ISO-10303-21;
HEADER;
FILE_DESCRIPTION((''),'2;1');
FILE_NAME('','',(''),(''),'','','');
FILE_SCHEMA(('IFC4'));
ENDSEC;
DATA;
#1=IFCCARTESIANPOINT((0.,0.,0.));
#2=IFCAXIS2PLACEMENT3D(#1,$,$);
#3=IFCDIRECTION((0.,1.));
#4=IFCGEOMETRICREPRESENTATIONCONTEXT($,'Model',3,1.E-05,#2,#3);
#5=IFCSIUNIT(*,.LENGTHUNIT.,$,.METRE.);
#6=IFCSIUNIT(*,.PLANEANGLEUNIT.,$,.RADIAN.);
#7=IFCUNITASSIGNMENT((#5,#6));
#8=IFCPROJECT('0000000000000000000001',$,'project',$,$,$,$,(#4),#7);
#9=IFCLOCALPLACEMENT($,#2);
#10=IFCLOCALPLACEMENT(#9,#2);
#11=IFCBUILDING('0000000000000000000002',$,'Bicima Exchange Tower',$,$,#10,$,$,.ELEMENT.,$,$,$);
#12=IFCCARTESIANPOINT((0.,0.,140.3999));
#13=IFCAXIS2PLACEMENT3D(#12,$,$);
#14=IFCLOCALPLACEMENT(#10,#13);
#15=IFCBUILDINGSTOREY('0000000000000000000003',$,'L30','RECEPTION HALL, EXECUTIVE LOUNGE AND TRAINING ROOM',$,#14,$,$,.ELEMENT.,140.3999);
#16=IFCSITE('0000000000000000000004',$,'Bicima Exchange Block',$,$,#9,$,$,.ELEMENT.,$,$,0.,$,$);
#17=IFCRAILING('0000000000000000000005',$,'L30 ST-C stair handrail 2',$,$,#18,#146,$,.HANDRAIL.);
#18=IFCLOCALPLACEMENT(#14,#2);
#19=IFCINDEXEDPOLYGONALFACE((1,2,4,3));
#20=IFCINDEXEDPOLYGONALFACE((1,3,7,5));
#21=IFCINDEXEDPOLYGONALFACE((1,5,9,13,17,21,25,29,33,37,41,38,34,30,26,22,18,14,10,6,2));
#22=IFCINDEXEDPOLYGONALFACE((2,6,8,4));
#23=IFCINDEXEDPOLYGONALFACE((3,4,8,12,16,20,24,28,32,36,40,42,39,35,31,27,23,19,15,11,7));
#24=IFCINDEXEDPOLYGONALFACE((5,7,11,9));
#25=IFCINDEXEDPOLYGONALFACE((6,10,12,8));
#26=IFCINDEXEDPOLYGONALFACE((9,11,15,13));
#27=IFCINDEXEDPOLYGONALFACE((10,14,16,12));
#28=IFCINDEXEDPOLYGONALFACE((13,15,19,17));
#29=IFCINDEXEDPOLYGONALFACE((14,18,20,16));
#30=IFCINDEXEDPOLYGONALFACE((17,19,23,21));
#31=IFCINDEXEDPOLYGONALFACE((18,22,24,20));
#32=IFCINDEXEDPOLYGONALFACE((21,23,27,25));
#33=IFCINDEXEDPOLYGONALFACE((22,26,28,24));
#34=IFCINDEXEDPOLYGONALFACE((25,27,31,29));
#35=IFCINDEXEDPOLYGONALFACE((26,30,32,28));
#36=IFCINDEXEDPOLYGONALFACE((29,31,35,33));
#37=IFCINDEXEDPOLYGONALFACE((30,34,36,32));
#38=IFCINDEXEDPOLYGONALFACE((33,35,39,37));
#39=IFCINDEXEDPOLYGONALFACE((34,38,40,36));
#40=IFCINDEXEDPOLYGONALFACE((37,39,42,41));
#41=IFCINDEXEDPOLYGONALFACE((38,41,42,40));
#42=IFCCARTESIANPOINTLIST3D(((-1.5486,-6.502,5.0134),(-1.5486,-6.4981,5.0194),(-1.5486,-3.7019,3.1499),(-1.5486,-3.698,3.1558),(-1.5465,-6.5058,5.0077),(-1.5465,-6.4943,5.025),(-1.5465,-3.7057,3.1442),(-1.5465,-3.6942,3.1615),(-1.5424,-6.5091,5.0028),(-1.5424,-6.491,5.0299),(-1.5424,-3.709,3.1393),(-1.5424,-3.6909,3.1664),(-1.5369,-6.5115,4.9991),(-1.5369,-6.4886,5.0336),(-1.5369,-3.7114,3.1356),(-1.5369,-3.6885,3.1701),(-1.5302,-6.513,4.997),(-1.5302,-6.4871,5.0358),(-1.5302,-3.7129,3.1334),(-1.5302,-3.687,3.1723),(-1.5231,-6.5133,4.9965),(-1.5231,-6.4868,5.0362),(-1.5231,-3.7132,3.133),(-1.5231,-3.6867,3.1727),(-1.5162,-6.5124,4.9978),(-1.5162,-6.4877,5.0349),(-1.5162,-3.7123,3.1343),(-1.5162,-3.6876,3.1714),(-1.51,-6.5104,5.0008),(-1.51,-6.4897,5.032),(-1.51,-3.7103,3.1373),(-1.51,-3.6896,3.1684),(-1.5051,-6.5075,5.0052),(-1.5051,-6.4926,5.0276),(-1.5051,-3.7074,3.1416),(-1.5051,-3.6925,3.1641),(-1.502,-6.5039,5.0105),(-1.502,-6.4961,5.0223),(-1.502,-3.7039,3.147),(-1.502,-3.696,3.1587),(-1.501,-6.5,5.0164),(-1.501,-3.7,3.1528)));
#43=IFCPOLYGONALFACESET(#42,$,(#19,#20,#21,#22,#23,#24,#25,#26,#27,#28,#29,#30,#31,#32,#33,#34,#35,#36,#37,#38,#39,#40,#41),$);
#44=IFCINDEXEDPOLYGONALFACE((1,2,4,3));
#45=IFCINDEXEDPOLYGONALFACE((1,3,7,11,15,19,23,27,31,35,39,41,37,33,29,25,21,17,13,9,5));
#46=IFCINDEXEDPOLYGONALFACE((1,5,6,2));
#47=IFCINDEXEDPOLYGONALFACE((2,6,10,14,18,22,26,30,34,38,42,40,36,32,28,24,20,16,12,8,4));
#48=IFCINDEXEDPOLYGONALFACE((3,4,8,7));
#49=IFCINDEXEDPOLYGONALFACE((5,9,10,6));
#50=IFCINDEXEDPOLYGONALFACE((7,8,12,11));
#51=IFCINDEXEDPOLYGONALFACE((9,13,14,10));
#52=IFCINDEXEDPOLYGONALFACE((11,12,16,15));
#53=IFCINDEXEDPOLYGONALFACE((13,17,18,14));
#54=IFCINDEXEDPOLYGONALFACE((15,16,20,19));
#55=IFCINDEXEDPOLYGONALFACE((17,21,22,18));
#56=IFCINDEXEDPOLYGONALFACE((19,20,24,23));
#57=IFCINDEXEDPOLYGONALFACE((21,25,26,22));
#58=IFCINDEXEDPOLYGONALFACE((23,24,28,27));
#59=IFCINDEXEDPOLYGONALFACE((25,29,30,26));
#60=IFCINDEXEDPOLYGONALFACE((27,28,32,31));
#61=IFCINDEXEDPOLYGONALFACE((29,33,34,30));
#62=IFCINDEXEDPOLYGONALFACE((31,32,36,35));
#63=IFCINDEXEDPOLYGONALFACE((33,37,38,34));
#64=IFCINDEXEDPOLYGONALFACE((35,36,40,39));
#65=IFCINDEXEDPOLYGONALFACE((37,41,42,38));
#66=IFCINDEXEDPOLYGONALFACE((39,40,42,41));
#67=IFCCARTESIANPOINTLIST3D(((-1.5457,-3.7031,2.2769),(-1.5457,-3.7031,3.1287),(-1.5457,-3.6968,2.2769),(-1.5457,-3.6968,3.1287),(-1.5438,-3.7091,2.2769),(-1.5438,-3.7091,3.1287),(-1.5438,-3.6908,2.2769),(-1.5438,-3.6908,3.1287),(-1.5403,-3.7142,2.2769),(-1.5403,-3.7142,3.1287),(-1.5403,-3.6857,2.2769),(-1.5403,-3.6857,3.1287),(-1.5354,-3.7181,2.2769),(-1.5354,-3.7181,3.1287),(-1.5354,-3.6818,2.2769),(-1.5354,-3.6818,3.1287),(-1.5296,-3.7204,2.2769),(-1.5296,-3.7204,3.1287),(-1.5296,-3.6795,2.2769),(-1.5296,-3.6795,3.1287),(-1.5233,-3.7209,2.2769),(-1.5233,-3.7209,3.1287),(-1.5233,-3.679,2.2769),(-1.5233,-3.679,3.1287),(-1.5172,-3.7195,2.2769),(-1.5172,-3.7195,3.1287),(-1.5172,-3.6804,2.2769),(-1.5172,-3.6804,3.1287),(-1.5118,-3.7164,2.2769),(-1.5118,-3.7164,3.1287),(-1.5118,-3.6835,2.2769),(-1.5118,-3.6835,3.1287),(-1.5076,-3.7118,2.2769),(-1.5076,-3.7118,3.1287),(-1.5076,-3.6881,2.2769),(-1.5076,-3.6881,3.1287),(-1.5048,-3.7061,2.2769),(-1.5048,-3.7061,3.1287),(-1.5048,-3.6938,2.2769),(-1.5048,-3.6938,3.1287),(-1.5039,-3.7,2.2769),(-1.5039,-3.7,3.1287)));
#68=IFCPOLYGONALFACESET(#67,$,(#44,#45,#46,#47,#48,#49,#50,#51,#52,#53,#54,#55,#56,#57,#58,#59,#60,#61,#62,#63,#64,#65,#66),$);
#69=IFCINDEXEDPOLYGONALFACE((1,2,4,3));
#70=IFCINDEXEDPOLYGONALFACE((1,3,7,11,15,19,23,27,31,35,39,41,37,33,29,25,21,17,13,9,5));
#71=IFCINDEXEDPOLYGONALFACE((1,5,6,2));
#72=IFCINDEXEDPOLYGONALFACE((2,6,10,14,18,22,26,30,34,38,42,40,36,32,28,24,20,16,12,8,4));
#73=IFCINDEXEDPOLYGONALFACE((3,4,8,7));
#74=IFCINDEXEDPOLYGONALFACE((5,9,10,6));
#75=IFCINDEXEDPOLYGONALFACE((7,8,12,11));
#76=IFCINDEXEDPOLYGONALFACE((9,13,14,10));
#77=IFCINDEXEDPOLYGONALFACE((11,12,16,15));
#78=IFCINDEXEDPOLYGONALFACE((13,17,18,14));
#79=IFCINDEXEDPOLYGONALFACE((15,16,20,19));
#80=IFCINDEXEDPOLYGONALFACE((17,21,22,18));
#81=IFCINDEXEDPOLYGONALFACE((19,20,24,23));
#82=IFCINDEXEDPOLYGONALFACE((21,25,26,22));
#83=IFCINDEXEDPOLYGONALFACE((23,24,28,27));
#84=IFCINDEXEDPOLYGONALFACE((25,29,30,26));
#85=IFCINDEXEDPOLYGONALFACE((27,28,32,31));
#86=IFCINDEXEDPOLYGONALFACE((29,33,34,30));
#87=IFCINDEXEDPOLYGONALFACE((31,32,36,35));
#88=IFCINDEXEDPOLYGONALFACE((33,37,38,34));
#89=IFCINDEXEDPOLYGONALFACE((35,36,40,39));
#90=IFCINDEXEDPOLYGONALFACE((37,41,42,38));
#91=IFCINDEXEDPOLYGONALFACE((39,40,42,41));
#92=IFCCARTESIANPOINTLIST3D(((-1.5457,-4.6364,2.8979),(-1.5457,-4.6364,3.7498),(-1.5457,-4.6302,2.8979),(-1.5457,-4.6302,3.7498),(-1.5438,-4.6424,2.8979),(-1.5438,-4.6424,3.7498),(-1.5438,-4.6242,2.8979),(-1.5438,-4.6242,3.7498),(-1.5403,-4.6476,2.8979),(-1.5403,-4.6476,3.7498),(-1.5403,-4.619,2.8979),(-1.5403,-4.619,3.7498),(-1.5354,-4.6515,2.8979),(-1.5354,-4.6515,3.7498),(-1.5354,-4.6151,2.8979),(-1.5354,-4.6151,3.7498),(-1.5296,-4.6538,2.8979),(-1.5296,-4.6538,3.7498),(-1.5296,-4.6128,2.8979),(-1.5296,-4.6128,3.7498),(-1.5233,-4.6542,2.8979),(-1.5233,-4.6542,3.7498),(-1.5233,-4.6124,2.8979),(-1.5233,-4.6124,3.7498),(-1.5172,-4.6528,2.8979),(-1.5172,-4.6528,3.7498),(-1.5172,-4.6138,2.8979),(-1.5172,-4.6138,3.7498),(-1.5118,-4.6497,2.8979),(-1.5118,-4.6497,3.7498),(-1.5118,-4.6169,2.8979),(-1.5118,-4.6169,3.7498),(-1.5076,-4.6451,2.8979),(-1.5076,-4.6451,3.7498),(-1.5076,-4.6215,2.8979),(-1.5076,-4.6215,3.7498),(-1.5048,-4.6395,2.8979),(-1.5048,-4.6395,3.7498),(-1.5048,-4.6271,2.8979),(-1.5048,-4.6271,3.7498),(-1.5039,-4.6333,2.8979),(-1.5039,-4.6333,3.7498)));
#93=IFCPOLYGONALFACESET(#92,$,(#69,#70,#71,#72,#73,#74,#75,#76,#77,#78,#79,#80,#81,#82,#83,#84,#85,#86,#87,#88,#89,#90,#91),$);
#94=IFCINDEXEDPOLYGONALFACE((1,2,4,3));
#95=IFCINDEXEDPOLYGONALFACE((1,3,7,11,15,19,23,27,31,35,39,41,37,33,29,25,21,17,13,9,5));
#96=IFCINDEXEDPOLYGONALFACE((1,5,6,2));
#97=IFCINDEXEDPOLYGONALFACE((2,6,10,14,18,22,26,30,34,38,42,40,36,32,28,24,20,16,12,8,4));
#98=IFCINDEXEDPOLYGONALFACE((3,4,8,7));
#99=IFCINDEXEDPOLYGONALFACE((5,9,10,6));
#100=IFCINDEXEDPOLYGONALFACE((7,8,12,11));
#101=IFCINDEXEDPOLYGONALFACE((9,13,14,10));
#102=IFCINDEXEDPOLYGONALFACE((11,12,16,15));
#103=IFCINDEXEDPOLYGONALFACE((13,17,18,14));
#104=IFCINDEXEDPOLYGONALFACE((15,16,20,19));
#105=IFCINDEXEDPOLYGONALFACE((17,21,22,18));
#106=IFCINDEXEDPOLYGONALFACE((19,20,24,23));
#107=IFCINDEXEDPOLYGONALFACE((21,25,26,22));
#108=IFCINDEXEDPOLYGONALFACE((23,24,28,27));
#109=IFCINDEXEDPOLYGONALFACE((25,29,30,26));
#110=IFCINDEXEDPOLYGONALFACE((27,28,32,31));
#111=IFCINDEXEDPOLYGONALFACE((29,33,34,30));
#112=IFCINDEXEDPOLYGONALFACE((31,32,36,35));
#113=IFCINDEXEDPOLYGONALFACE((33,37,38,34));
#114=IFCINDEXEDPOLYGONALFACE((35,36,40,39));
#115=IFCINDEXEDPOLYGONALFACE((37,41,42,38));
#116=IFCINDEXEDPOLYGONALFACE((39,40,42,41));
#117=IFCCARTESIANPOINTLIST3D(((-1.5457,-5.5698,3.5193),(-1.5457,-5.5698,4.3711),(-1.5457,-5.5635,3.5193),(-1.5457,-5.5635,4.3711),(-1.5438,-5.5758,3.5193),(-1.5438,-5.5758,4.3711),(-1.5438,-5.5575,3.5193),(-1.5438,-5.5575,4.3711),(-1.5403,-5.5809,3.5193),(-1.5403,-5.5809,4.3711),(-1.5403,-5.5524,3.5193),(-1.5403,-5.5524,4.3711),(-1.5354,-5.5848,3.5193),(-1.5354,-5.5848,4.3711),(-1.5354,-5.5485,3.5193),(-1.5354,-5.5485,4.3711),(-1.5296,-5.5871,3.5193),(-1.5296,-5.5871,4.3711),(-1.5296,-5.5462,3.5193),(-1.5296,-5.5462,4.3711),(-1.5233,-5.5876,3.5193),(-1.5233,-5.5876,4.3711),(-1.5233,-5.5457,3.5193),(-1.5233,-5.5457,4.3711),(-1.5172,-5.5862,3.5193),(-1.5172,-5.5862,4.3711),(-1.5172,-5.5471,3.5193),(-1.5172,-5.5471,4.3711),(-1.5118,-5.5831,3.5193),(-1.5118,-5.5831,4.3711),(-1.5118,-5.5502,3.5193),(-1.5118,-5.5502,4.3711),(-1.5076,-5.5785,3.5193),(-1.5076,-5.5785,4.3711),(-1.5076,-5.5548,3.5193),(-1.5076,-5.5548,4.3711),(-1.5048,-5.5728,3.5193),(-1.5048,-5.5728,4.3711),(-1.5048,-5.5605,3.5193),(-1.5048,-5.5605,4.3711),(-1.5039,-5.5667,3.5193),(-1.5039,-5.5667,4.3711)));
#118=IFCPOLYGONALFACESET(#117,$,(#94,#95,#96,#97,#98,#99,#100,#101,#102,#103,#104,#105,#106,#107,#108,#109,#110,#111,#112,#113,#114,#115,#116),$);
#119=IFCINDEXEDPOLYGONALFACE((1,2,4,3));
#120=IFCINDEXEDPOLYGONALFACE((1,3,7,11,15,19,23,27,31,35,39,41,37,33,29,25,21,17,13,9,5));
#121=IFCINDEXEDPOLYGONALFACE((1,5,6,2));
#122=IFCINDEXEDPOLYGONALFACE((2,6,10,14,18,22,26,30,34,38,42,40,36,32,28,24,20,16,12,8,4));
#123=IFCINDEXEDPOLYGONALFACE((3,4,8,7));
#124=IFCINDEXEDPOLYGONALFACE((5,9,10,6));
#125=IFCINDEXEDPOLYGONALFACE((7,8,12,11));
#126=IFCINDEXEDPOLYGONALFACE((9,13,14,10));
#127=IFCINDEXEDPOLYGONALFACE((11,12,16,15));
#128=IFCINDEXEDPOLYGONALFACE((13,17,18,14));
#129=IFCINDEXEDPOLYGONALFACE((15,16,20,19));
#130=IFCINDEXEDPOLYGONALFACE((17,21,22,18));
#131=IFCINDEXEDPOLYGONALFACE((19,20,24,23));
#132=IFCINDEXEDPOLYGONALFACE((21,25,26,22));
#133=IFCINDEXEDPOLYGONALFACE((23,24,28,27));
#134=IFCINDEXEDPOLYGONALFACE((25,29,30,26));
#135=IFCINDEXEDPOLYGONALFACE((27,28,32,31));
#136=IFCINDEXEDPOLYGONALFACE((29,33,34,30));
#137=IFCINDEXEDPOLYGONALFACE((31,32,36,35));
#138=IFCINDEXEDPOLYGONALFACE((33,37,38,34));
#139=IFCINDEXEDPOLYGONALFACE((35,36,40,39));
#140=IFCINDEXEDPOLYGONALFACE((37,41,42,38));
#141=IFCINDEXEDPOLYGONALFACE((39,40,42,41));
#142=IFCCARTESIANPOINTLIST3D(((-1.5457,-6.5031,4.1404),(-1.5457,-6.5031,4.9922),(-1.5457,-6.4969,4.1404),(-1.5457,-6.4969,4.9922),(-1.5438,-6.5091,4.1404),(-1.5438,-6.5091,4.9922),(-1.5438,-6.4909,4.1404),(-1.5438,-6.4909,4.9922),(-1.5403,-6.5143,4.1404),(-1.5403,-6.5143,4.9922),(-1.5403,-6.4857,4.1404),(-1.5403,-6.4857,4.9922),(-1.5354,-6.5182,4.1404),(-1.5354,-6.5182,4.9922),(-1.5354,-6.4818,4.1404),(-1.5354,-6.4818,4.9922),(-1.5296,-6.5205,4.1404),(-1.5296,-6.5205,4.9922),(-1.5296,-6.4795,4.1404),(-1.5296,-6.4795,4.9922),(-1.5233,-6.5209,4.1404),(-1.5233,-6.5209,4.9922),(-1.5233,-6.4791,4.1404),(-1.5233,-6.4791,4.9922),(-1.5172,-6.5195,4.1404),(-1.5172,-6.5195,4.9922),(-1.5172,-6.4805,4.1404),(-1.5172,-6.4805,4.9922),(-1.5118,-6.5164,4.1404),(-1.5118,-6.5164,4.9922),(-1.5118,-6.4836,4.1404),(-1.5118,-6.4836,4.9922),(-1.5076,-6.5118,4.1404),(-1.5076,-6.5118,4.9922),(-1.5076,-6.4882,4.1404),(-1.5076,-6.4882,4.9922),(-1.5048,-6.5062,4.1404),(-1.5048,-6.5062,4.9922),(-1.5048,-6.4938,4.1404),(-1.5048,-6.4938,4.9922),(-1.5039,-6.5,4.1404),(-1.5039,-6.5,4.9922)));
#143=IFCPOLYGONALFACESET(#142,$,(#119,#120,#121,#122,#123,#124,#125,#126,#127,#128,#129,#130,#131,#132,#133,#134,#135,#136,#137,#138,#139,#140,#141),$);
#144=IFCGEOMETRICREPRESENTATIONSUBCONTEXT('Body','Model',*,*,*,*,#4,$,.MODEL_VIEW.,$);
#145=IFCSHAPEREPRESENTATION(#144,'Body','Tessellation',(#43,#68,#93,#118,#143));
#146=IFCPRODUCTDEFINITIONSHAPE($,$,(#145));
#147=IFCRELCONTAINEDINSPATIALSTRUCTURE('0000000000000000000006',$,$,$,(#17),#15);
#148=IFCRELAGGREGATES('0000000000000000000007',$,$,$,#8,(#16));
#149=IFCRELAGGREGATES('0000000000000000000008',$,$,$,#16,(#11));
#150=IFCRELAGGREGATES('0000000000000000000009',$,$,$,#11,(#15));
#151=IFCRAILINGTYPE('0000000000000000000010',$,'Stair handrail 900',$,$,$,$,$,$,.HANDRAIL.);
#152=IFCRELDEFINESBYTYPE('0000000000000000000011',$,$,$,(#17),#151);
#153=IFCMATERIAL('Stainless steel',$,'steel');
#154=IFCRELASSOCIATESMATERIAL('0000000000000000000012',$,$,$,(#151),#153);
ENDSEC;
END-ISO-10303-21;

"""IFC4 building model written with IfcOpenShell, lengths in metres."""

from ifc_helpers import new_model, si_unit, direction, frame, origin, origin_2d, place, context, subcontext, project, spatial, circle, extrude, material, type_object, element, save


model = new_model("IFC4")

# Units and contexts
model_context = context("Model", 3, precision=1e-05, world=origin(), true_north=direction((0.0, 1.0)))
body_context = subcontext(model_context, "Body", "Model", "MODEL_VIEW")
ifc_project = project(units=[si_unit("LENGTHUNIT", "METRE"), si_unit("PLANEANGLEUNIT", "RADIAN")], contexts=[model_context])

# Site, building, storey
site_placement = place(None, origin())
site = spatial("IfcSite", under=ifc_project, at=site_placement, Name="Bicima Exchange Block", CompositionType="ELEMENT", RefElevation=0.0)
building_placement = place(site_placement, origin())
building = spatial("IfcBuilding", under=site, at=building_placement, Name="Bicima Exchange Tower", CompositionType="ELEMENT")
storey_placement = place(building_placement, frame((0.0, 0.0, 140.3999)))
storey = spatial("IfcBuildingStorey", under=building, at=storey_placement, Name="L30", Description="RECEPTION HALL, EXECUTIVE LOUNGE AND TRAINING ROOM", CompositionType="ELEMENT", Elevation=140.3999)

# Railing
ifc_material_1 = material(Name="Stainless steel", Category="steel")
railing_type = type_object("IfcRailingType", Name="Stair handrail 900", PredefinedType="HANDRAIL", material=ifc_material_1)
railing_placement = place(storey_placement, frame((-1.5249, -3.7, 2.2769)))
element("IfcRailing", 1, at=railing_placement, inside=storey, type_object=railing_type, Name="L30 ST-C stair handrail 2", PredefinedType="HANDRAIL", context=body_context, shape_type="SweptSolid", body=[
    extrude(circle(Radius=0.0239, at=origin_2d()), frame((0.0, 0.0, 0.876), z_axis=(0.0, -0.832486, 0.554047), x_axis=(1.0, 0.0, 0.0)), (0.0, 0.0, 1.0), 3.3635),
    extrude(circle(Radius=0.021, at=origin_2d()), origin(), (0.0, 0.0, 1.0), 0.8518),
    extrude(circle(Radius=0.021, at=origin_2d()), frame((0.0, -0.9333, 0.6211)), (0.0, 0.0, 1.0), 0.8518),
    extrude(circle(Radius=0.021, at=origin_2d()), frame((0.0, -1.8667, 1.2424)), (0.0, 0.0, 1.0), 0.8518),
    extrude(circle(Radius=0.021, at=origin_2d()), frame((0.0, -2.8, 1.8635)), (0.0, 0.0, 1.0), 0.8518),
])

save(model, "model.ifc")
